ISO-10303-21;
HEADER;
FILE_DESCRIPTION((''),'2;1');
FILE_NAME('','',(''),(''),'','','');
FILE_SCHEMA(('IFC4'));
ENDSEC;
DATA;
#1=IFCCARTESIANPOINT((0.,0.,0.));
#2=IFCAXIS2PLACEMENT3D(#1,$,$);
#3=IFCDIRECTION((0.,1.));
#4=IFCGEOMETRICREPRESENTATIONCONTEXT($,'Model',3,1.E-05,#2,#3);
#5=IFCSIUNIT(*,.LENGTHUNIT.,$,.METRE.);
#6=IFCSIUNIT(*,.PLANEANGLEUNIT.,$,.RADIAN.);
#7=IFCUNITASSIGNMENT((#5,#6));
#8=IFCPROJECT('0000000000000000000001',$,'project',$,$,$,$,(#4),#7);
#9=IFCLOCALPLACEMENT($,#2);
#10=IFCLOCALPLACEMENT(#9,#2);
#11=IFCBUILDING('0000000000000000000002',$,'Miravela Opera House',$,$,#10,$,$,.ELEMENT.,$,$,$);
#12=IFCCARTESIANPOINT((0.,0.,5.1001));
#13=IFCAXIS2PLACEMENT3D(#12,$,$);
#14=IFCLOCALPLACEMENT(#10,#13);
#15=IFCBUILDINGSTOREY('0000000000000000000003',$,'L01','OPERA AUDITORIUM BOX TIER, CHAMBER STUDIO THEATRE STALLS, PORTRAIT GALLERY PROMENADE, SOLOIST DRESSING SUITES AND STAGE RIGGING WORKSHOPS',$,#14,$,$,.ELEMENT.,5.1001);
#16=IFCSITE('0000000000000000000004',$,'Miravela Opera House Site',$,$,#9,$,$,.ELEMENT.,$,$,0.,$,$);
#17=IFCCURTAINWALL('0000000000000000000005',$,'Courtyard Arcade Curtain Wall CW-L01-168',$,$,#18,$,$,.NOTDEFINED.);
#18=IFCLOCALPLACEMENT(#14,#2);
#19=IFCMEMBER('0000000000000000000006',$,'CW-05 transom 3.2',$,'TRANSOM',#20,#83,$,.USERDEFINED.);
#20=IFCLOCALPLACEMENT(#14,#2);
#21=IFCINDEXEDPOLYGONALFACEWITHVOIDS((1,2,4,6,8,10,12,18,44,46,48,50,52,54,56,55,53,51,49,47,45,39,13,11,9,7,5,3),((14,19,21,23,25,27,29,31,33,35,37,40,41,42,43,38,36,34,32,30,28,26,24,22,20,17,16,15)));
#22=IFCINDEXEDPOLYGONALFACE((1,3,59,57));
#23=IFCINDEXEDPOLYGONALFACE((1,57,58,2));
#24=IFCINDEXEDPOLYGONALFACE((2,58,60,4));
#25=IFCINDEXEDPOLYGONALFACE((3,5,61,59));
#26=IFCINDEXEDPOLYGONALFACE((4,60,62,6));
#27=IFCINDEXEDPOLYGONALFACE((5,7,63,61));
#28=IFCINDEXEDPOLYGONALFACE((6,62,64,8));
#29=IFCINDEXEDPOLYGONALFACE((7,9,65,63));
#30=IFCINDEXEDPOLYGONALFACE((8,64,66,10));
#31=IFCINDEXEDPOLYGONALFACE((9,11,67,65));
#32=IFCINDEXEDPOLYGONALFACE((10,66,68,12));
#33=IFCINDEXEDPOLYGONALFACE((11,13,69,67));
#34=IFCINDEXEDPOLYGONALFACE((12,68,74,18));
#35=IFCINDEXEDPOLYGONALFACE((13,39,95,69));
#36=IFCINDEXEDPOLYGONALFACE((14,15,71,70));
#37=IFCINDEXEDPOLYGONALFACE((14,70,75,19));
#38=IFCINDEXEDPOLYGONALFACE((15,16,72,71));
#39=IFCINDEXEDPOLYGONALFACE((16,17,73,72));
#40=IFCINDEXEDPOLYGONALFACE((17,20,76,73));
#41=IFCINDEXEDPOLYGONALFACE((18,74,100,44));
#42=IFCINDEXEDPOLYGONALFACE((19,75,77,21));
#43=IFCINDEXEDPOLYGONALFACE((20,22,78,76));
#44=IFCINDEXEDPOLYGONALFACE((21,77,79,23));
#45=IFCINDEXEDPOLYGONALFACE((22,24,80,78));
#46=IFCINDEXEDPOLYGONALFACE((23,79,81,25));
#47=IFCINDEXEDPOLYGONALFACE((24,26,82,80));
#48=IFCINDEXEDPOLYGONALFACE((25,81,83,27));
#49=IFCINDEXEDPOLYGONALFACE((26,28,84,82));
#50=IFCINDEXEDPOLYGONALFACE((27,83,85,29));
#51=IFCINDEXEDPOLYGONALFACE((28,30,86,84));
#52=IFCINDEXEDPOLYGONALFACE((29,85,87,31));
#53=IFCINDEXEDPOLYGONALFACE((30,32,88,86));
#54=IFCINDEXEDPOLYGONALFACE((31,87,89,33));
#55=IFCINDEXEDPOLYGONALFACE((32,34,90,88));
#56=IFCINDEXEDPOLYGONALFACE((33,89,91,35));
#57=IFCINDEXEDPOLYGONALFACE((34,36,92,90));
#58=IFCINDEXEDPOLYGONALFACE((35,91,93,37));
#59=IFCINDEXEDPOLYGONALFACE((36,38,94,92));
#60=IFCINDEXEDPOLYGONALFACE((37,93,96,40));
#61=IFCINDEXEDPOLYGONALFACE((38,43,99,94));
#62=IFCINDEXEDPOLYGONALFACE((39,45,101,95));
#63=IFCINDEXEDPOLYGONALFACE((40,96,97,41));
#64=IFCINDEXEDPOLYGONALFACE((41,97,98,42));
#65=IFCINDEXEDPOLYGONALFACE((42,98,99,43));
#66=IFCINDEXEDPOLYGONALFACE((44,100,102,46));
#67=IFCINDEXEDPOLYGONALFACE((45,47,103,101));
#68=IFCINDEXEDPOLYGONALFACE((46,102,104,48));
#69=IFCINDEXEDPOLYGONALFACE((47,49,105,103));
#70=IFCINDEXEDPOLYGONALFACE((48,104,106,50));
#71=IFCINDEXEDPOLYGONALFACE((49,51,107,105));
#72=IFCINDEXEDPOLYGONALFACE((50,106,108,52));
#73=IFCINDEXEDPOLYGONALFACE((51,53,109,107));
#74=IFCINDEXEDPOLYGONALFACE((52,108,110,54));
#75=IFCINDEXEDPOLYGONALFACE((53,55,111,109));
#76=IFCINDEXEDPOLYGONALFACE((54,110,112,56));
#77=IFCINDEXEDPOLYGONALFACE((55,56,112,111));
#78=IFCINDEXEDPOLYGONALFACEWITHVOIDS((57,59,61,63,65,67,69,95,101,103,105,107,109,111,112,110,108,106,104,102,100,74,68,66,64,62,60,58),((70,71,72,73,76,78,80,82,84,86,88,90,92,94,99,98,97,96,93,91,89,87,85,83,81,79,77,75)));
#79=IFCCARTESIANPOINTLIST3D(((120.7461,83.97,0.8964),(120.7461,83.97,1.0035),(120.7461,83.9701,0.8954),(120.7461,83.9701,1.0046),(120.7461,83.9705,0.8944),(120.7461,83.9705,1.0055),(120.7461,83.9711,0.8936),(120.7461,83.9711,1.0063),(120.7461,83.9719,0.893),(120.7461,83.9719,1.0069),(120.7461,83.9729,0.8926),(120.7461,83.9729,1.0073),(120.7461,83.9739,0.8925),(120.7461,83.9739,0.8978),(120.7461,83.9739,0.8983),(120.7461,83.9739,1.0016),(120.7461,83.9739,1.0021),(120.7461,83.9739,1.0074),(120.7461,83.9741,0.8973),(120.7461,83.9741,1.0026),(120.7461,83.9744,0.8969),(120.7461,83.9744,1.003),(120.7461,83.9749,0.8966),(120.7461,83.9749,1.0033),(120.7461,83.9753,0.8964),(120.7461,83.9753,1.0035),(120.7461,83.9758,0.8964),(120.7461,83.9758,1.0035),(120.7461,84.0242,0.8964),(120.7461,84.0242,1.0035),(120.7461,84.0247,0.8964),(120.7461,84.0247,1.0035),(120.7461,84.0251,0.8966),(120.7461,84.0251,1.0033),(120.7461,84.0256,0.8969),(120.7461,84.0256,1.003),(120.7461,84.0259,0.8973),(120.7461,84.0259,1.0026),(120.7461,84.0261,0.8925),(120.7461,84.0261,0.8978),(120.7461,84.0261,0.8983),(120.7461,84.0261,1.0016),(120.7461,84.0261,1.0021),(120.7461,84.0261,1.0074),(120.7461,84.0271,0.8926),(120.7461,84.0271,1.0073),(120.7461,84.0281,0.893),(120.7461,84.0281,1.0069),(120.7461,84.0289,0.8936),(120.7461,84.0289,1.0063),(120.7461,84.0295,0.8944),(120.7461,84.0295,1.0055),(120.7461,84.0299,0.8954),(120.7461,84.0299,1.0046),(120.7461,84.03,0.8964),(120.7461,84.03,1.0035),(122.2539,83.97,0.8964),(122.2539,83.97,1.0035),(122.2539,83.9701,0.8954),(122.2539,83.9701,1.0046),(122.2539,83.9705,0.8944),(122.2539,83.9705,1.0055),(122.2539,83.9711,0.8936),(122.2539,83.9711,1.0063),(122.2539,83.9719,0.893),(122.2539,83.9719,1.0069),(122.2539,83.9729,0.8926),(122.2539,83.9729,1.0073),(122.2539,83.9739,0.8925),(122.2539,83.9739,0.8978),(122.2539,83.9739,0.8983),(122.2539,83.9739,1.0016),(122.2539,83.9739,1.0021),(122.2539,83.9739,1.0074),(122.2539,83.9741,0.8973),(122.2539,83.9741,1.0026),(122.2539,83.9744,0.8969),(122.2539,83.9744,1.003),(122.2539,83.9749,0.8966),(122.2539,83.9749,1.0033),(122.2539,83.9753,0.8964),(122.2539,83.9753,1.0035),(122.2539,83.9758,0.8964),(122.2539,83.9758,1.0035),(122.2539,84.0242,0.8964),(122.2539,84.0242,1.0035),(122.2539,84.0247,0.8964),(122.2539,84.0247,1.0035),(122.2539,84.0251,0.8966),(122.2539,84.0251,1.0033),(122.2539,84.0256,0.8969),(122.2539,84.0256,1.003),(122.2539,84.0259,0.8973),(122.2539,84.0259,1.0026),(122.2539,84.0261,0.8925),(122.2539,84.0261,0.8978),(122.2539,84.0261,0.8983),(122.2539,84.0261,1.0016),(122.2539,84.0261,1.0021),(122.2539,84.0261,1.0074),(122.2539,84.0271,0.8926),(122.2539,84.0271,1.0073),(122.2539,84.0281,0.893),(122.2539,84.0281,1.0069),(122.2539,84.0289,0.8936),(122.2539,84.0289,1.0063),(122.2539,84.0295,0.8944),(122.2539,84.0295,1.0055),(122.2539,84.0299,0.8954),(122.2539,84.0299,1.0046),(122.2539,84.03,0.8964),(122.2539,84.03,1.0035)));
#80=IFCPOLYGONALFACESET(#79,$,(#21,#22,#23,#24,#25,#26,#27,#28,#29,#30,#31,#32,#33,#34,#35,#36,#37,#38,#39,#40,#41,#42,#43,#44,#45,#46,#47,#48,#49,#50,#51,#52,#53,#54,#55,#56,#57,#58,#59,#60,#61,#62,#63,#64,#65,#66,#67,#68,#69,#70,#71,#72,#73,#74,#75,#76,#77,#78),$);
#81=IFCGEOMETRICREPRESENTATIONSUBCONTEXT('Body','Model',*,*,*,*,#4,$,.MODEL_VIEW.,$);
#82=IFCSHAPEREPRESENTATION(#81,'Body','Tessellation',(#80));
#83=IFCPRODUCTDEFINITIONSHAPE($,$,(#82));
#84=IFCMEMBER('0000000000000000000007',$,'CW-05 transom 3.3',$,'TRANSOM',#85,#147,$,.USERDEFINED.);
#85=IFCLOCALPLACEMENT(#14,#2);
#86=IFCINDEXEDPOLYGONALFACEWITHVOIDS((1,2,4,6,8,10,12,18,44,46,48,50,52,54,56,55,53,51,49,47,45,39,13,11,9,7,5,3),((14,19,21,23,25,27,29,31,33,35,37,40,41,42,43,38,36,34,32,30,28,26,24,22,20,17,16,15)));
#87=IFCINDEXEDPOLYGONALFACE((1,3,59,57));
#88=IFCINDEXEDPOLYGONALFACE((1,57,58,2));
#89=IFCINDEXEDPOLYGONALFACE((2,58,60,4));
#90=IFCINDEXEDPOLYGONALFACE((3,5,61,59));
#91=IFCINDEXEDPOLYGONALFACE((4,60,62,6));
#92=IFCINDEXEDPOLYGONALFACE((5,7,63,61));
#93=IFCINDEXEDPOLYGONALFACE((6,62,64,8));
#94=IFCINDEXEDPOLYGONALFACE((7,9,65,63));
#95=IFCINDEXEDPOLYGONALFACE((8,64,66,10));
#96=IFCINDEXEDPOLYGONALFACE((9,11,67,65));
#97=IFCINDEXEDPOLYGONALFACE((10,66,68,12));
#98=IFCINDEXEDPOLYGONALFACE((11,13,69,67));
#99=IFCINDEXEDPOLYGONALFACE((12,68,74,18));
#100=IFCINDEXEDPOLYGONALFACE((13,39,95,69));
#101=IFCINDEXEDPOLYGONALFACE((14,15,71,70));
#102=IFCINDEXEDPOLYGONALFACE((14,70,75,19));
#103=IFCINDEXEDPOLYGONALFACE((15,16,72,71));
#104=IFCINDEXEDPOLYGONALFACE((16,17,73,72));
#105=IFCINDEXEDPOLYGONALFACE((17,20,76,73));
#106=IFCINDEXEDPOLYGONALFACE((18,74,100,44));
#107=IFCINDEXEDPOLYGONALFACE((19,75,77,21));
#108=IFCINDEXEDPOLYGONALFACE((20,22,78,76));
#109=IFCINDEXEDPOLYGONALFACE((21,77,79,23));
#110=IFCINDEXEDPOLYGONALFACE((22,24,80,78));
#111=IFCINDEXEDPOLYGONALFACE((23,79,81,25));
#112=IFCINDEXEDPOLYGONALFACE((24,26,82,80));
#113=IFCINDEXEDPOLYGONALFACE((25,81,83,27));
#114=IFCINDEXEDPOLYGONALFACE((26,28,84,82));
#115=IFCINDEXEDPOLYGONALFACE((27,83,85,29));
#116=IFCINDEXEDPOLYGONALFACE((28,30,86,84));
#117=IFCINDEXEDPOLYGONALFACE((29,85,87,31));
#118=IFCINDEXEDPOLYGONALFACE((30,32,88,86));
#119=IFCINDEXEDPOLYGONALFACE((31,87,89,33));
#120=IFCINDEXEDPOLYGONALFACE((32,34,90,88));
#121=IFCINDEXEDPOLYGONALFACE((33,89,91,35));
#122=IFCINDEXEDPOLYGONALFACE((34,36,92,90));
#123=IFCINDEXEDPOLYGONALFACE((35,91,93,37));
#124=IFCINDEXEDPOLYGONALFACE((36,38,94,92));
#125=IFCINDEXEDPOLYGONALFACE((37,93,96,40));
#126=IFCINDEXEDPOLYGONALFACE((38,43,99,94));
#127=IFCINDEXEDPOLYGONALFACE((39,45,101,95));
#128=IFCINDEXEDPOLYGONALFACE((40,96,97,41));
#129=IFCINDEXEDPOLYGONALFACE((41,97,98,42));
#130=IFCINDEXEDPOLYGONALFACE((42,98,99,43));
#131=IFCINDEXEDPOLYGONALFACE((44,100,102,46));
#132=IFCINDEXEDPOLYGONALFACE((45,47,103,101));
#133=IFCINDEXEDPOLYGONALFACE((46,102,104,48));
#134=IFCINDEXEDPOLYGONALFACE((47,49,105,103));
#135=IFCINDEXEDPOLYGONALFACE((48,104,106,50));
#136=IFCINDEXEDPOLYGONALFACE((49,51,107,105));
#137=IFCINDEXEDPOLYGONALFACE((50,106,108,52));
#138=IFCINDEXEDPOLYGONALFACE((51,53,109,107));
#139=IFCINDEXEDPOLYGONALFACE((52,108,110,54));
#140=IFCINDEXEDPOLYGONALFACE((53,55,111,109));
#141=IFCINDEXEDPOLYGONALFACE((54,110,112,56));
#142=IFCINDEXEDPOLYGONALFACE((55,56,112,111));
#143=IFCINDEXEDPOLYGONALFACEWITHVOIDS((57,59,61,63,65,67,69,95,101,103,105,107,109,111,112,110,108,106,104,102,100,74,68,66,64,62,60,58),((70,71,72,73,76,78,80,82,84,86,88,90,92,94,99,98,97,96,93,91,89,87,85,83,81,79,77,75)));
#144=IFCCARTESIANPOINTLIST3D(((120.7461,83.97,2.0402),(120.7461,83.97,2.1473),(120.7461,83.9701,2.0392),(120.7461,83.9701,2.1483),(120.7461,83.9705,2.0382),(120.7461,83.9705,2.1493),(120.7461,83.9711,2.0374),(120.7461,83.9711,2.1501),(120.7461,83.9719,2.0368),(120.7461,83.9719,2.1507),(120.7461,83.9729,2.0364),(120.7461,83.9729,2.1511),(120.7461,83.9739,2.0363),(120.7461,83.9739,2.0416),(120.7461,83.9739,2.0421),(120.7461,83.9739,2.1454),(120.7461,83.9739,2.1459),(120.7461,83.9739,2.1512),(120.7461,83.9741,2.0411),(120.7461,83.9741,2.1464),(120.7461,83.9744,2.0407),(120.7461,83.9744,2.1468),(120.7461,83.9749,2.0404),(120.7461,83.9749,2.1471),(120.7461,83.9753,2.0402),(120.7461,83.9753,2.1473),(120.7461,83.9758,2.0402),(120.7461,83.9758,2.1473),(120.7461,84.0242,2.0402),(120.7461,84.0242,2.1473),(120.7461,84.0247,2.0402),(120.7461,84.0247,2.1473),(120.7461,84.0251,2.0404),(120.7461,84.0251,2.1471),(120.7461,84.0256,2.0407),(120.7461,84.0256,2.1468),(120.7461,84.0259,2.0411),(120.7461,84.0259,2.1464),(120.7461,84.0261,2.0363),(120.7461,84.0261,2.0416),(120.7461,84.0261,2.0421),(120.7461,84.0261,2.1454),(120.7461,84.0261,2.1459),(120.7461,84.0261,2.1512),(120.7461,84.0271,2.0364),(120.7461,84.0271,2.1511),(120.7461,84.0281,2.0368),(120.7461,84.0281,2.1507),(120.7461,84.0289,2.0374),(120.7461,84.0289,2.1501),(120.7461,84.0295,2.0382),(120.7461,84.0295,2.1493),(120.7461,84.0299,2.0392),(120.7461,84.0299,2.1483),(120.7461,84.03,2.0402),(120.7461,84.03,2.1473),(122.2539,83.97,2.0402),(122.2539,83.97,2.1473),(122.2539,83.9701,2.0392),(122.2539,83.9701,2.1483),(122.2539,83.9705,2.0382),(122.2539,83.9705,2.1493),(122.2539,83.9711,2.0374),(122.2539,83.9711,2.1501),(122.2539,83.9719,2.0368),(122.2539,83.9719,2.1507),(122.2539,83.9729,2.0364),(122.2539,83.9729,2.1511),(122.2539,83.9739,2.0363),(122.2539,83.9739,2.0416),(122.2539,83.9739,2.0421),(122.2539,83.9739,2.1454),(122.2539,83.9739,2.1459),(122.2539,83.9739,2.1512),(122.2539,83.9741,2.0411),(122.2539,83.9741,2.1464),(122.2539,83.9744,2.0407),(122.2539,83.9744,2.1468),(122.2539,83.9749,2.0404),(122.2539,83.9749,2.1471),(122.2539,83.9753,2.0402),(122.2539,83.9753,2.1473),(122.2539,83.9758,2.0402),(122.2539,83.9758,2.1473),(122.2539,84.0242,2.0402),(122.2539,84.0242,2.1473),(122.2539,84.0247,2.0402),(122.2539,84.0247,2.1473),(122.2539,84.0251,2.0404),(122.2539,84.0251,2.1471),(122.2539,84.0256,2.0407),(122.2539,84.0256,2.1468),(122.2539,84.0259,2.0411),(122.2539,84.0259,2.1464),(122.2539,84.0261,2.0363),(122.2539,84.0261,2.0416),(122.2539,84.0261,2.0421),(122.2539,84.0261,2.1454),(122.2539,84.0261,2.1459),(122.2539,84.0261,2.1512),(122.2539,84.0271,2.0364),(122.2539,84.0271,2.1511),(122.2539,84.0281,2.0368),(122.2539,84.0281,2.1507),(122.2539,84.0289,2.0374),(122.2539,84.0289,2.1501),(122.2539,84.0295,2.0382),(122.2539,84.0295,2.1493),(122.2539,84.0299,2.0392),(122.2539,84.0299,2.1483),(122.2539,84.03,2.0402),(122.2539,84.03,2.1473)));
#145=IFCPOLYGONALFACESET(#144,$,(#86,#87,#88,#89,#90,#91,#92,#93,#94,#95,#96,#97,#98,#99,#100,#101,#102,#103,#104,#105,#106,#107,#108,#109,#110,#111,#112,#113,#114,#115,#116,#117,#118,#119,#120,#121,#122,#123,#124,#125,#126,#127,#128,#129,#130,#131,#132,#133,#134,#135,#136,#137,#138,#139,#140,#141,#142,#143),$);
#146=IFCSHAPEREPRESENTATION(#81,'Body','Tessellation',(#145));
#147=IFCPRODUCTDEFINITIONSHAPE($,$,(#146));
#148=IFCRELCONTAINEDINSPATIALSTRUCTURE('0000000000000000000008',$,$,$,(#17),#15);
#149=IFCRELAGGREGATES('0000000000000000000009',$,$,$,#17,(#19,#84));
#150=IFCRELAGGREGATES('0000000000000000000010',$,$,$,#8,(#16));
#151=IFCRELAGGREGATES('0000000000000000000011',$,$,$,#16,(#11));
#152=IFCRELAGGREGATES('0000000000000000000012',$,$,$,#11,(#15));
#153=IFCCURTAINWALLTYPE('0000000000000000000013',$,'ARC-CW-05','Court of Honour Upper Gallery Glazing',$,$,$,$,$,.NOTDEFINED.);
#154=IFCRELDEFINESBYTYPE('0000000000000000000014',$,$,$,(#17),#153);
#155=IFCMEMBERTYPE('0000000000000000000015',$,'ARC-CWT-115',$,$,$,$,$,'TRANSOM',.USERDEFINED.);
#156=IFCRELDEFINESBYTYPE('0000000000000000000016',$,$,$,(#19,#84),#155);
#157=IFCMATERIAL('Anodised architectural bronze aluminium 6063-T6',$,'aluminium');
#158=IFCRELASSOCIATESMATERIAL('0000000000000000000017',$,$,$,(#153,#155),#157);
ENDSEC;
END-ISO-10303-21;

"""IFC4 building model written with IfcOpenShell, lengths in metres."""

from ifc_helpers import new_model, si_unit, direction, frame, origin, origin_2d, place, context, subcontext, project, spatial, hollow_rectangle, extrude, material, material_profile, profile_set, type_object, element, aggregate, save


model = new_model("IFC4")

# Units and contexts
model_context = context("Model", 3, precision=1e-05, world=origin(), true_north=direction((0.0, 1.0)))
body_context = subcontext(model_context, "Body", "Model", "MODEL_VIEW")
ifc_project = project(units=[si_unit("LENGTHUNIT", "METRE"), si_unit("PLANEANGLEUNIT", "RADIAN")], contexts=[model_context])

# Site, building, storey
site_placement = place(None, origin())
site = spatial("IfcSite", under=ifc_project, at=site_placement, Name="Miravela Opera House Site", CompositionType="ELEMENT", RefElevation=0.0)
building_placement = place(site_placement, origin())
building = spatial("IfcBuilding", under=site, at=building_placement, Name="Miravela Opera House", CompositionType="ELEMENT")
storey_placement = place(building_placement, frame((0.0, 0.0, 5.1001)))
storey = spatial("IfcBuildingStorey", under=building, at=storey_placement, Name="L01", Description="OPERA AUDITORIUM BOX TIER, CHAMBER STUDIO THEATRE STALLS, PORTRAIT GALLERY PROMENADE, SOLOIST DRESSING SUITES AND STAGE RIGGING WORKSHOPS", CompositionType="ELEMENT", Elevation=5.1001)

# Curtain wall, members
ifc_material_1 = material(Name="Anodised architectural bronze aluminium 6063-T6", Category="aluminium")
curtain_wall_type = type_object("IfcCurtainWallType", Name="ARC-CW-05", Description="Court of Honour Upper Gallery Glazing", PredefinedType="NOTDEFINED", material=ifc_material_1)
curtain_wall_placement = place(storey_placement, origin())
curtain_wall = element("IfcCurtainWall", 1, at=curtain_wall_placement, inside=storey, type_object=curtain_wall_type, Name="Courtyard Arcade Curtain Wall CW-L01-168", PredefinedType="NOTDEFINED")
ifc_material_profile_1 = material_profile(ifc_material_1, hollow_rectangle(XDim=0.0601, YDim=0.115, WallThickness=0.0039, InnerFilletRadius=0.002, OuterFilletRadius=0.0039, at=origin_2d()), Name="CWT-60X115")
ifc_profile_set_1 = profile_set([ifc_material_profile_1])
member_type_1 = type_object("IfcMemberType", Name="ARC-CWT-115", ElementType="TRANSOM", PredefinedType="USERDEFINED", material=ifc_profile_set_1)
member_1_placement = place(storey_placement, frame((120.7461, 84.0, 0.95), z_axis=(1.0, 0.0, 0.0), x_axis=(0.0, 1.0, 0.0)))
member_1 = element("IfcMember", 2, at=member_1_placement, type_object=member_type_1, Name="CW-05 transom 3.2", ObjectType="TRANSOM", PredefinedType="USERDEFINED", context=body_context, shape_type="SweptSolid", body=[
    extrude(hollow_rectangle(XDim=0.0601, YDim=0.115, WallThickness=0.0039, InnerFilletRadius=0.002, OuterFilletRadius=0.0039, at=origin_2d()), origin(), (0.0, 0.0, 1.0), 1.5078),
])
member_2_placement = place(storey_placement, frame((120.7461, 84.0, 2.0938), z_axis=(1.0, 0.0, 0.0), x_axis=(0.0, 1.0, 0.0)))
member_2 = element("IfcMember", 3, at=member_2_placement, type_object=member_type_1, Name="CW-05 transom 3.3", ObjectType="TRANSOM", PredefinedType="USERDEFINED", context=body_context, shape_type="SweptSolid", body=[
    extrude(hollow_rectangle(XDim=0.0601, YDim=0.115, WallThickness=0.0039, InnerFilletRadius=0.002, OuterFilletRadius=0.0039, at=origin_2d()), origin(), (0.0, 0.0, 1.0), 1.5078),
])
aggregate(curtain_wall, [member_1, member_2])

save(model, "model.ifc")
